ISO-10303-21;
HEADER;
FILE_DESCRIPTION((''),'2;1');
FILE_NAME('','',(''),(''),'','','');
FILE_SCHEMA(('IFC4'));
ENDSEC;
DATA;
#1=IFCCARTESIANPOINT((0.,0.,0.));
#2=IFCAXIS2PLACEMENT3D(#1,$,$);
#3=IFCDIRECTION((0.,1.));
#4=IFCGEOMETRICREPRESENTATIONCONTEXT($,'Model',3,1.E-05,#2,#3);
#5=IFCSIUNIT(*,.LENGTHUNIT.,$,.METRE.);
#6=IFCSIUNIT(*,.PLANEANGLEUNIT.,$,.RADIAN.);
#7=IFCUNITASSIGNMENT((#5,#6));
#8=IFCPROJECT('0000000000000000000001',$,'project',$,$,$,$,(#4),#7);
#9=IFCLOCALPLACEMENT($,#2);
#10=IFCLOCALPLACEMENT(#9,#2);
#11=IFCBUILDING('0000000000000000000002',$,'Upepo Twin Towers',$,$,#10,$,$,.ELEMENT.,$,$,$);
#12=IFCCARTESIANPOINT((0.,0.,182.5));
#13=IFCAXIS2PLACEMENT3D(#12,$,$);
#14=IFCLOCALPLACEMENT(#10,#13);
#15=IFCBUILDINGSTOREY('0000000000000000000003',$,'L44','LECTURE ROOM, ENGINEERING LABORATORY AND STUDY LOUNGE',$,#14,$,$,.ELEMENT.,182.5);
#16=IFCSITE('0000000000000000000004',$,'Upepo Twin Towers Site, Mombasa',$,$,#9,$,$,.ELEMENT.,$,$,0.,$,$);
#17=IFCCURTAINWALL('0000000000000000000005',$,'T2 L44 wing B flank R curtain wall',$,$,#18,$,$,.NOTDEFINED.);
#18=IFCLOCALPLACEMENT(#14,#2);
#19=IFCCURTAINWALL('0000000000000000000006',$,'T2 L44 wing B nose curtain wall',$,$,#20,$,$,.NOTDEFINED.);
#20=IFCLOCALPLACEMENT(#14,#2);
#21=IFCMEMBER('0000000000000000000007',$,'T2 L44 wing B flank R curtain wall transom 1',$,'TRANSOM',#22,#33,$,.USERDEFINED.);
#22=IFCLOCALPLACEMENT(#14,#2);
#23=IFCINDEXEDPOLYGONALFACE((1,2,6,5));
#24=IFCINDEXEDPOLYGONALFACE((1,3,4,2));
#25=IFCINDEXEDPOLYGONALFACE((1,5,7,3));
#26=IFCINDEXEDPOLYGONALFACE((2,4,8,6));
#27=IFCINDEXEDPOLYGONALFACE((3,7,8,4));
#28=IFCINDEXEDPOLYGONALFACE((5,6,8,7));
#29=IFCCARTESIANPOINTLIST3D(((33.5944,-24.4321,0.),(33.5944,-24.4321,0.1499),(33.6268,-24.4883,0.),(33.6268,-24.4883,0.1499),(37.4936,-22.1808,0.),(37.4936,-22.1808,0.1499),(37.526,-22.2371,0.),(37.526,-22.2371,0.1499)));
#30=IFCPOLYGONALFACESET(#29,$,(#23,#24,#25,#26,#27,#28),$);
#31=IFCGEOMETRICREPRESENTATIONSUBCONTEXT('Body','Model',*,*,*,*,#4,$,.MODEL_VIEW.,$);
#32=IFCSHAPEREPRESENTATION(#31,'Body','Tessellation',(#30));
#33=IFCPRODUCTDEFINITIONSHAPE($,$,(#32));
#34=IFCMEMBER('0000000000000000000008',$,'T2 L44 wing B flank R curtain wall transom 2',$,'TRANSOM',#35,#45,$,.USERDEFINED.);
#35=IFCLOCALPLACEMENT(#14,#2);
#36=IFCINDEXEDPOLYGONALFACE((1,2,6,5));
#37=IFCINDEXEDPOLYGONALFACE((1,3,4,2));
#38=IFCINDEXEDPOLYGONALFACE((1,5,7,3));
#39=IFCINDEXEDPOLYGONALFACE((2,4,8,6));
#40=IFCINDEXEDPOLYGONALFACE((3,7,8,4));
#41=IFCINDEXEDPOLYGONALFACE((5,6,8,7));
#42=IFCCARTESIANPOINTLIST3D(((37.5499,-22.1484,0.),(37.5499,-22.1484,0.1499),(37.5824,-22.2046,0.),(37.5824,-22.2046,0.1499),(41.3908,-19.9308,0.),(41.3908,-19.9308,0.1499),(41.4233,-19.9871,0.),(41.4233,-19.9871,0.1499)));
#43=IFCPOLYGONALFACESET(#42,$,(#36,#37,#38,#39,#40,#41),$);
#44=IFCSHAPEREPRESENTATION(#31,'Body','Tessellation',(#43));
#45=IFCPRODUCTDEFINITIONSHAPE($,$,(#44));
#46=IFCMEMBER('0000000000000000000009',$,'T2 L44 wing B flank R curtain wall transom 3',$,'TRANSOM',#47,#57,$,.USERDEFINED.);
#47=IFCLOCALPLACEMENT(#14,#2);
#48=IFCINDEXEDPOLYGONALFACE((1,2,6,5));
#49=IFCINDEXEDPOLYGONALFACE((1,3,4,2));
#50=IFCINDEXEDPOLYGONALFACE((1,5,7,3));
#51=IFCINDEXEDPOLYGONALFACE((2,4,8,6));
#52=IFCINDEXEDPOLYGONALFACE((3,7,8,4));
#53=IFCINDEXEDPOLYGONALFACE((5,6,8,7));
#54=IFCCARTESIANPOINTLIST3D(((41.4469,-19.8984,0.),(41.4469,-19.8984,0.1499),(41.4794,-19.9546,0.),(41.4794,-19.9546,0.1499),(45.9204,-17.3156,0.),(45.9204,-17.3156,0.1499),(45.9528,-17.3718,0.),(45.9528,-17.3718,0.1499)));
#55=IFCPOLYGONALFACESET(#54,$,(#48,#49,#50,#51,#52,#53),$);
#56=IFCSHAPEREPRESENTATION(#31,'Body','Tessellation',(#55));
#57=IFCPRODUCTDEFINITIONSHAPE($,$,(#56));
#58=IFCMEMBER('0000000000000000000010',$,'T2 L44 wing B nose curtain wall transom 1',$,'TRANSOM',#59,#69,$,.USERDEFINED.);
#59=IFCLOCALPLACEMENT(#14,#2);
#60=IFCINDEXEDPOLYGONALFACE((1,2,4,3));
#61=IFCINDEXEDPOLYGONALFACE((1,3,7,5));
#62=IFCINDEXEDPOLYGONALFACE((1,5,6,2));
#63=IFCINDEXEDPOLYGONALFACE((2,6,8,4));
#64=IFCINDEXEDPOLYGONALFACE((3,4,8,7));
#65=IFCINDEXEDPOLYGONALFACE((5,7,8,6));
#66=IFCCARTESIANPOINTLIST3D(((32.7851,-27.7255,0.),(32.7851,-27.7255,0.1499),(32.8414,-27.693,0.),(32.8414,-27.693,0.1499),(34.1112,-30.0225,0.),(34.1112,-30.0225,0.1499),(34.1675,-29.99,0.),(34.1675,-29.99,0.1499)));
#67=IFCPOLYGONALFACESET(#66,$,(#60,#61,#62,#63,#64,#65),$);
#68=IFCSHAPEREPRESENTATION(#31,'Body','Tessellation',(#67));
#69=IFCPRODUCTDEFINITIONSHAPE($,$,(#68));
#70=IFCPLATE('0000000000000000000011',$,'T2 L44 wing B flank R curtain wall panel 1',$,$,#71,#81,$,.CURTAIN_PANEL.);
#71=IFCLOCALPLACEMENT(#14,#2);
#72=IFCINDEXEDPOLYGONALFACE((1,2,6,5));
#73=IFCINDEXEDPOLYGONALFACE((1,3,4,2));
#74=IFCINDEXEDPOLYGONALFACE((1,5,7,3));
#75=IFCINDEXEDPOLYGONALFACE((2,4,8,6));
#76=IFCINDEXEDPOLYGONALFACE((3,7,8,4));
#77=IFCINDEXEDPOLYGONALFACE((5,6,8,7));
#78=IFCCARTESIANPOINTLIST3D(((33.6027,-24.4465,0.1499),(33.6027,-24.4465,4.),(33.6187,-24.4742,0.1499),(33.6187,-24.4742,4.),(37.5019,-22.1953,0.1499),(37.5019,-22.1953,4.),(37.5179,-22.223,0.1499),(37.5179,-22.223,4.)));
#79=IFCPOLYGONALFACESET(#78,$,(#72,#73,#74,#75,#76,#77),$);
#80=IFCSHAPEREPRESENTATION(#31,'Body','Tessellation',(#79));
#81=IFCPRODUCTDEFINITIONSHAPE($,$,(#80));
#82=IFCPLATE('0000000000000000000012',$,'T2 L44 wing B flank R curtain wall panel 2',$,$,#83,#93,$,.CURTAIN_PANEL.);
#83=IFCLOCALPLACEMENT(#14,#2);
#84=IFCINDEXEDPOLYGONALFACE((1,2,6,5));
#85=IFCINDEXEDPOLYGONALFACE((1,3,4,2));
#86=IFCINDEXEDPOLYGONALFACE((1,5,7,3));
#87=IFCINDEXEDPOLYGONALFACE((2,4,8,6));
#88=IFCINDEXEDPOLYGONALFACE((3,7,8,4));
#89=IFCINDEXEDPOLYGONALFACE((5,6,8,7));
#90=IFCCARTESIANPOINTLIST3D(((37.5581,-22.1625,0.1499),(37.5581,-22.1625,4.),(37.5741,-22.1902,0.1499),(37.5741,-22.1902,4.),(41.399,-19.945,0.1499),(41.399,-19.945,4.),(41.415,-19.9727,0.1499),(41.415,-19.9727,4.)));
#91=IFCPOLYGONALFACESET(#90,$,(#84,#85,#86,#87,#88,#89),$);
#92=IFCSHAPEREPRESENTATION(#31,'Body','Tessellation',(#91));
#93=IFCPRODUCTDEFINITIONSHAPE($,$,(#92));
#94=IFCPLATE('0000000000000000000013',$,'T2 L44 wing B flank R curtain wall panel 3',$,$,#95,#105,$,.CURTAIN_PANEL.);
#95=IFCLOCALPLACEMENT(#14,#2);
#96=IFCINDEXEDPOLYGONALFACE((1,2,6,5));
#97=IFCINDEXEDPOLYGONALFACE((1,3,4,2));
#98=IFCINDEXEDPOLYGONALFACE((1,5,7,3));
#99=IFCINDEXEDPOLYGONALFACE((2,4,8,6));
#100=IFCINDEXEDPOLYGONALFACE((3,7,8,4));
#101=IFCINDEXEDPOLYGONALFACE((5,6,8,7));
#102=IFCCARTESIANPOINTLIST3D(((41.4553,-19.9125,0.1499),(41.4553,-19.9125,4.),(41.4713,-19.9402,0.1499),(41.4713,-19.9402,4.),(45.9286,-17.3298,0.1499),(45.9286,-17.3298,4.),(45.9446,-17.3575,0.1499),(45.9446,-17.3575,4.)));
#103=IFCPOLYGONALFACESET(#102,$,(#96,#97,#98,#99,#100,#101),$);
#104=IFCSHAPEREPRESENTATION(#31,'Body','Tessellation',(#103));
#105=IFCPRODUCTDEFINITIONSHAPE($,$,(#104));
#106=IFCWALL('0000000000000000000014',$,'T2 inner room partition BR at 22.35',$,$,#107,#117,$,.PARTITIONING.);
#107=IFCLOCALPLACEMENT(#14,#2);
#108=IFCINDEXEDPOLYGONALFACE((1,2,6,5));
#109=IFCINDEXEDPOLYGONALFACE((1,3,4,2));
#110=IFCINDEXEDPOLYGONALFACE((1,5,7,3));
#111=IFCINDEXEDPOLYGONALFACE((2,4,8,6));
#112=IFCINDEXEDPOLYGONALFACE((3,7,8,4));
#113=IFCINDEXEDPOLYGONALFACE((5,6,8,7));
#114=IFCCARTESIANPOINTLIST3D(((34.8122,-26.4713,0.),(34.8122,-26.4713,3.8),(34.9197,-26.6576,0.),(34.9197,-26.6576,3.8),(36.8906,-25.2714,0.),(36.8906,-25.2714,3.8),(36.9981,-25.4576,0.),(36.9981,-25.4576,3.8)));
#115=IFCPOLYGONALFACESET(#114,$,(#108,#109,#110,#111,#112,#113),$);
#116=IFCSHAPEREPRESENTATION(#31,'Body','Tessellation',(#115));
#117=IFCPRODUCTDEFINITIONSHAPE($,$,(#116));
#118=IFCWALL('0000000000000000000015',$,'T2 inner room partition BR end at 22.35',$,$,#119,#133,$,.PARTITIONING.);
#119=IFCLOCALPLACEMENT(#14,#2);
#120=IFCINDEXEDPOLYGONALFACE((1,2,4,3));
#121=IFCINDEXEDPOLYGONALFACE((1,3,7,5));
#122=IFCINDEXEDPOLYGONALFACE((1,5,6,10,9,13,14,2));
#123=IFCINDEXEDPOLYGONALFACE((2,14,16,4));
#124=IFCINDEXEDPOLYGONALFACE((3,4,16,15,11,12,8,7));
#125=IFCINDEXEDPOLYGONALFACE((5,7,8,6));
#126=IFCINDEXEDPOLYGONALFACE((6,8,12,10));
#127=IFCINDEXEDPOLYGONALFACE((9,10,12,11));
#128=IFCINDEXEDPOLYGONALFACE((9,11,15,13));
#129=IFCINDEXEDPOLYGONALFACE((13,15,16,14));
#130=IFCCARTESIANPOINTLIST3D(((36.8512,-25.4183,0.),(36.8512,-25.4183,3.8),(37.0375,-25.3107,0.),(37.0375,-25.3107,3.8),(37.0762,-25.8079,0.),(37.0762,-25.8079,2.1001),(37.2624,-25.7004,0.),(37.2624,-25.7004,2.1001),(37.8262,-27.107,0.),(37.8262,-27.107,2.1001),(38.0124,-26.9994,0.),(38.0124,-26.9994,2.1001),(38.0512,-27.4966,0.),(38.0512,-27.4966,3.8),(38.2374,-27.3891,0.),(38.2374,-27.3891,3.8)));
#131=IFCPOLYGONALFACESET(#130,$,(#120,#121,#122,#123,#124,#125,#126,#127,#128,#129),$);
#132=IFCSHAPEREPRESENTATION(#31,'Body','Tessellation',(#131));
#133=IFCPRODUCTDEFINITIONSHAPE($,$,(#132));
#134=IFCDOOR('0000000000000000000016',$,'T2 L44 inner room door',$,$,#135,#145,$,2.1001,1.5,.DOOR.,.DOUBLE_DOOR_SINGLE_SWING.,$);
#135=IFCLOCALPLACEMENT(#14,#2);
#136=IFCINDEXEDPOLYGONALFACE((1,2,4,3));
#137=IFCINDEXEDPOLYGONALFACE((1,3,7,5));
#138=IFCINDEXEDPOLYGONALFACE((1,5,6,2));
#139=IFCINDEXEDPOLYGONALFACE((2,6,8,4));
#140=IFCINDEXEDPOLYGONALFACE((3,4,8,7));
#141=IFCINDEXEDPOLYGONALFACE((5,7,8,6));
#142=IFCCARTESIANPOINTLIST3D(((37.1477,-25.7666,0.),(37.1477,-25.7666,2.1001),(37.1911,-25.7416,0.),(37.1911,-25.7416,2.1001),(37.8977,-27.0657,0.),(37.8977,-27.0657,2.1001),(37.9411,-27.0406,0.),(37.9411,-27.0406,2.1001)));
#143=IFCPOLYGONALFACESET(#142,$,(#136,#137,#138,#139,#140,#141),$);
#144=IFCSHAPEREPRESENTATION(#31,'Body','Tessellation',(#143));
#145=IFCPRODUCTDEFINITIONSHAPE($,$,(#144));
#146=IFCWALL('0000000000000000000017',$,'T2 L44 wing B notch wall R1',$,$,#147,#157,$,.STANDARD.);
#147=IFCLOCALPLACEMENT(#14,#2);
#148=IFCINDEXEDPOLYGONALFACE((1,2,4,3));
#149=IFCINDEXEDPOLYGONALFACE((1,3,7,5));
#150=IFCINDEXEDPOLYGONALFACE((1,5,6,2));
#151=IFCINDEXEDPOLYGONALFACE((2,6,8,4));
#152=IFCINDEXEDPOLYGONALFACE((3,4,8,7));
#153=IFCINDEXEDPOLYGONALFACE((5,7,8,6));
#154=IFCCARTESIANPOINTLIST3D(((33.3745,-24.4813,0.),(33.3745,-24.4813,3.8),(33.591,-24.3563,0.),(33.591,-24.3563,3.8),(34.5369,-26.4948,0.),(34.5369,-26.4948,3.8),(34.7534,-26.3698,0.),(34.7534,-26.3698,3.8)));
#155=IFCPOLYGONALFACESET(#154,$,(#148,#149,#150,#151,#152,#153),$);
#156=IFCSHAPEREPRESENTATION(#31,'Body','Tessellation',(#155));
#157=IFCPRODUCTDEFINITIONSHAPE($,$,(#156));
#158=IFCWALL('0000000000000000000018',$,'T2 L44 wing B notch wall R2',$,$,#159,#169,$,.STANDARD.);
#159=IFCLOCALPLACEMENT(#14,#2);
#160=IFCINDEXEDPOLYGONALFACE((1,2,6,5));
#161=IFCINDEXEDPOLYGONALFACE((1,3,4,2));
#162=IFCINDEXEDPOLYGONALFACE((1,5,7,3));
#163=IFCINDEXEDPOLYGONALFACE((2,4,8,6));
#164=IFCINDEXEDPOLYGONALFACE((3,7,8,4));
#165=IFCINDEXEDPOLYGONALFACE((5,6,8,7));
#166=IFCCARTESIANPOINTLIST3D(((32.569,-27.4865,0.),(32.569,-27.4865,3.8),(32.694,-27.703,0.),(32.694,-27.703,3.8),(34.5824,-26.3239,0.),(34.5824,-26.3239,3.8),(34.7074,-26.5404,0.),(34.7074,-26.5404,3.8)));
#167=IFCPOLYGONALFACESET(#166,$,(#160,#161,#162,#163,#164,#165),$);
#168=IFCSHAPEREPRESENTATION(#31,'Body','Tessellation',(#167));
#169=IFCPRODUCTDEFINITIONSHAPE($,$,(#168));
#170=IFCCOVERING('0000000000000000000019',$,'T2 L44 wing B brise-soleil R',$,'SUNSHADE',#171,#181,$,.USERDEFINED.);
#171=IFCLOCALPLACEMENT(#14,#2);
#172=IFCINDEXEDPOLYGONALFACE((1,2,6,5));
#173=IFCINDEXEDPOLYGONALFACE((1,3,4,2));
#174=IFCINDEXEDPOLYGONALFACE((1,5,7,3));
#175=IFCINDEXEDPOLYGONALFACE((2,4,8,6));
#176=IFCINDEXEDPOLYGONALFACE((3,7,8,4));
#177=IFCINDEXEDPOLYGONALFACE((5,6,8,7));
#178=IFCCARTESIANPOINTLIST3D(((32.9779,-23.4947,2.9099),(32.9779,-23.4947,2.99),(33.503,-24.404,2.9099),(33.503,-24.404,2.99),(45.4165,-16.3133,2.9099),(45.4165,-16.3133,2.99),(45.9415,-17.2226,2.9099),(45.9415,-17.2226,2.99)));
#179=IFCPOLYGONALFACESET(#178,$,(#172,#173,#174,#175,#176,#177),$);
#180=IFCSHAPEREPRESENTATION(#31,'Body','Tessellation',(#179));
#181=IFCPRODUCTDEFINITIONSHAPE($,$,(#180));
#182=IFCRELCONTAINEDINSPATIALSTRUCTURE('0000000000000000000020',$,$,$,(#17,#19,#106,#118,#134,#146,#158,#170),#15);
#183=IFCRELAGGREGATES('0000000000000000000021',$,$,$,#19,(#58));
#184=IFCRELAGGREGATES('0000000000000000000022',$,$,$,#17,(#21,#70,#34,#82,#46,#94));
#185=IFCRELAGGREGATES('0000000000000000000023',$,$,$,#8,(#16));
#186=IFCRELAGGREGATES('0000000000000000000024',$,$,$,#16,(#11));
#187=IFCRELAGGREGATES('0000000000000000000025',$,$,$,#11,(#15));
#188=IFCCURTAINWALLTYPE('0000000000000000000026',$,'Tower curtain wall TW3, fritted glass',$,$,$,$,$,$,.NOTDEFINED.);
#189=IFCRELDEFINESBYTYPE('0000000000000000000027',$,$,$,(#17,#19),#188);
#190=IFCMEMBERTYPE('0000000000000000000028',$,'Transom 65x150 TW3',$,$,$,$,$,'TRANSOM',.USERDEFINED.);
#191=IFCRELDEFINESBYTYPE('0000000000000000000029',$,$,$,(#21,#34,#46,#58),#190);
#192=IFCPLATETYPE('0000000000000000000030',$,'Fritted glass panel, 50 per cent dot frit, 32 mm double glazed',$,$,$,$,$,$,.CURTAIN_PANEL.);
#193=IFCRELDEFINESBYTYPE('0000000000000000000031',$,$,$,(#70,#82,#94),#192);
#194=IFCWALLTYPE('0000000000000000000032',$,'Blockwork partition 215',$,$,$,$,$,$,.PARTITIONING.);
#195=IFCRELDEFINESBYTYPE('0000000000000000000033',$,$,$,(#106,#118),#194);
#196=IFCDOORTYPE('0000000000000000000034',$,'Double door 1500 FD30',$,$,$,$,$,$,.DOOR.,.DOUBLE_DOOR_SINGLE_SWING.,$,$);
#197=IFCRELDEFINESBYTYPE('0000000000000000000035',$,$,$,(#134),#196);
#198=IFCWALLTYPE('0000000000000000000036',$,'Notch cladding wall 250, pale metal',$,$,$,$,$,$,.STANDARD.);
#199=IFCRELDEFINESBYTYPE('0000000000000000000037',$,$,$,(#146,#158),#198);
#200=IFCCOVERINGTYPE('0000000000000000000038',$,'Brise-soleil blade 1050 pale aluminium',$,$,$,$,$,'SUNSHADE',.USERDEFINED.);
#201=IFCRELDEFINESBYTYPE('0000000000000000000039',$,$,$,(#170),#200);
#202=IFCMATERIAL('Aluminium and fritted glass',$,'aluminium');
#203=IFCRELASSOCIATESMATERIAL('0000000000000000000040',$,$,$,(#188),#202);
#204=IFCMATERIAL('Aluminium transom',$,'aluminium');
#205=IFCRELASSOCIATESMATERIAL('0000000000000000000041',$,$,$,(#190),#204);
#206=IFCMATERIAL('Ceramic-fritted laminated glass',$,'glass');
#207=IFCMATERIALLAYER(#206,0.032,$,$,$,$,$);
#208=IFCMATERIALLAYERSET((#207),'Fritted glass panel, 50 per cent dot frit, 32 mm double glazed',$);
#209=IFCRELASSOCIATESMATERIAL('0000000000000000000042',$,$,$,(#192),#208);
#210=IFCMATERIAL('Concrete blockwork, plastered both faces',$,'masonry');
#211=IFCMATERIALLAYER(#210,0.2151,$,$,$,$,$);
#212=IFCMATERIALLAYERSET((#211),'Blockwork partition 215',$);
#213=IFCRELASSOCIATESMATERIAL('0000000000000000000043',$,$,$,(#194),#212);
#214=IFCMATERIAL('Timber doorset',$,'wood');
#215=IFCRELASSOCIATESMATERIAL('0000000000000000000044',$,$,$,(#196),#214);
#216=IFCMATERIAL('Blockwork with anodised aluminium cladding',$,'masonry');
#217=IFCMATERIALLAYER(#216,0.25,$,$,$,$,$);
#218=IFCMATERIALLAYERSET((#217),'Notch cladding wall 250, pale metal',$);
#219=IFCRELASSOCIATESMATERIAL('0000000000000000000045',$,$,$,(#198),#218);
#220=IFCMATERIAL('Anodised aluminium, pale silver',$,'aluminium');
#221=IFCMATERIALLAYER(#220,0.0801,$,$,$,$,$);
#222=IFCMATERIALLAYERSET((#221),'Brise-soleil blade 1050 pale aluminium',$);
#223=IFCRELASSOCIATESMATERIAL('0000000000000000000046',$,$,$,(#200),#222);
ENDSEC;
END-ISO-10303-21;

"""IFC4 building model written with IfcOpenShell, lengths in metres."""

from ifc_helpers import new_model, si_unit, direction, frame, frame_2d, origin, origin_2d, place, context, subcontext, project, spatial, rectangle, extrude, material, layer, layer_set, material_profile, profile_set, type_object, element, fill, aggregate, save


model = new_model("IFC4")

# Units and contexts
model_context = context("Model", 3, precision=1e-05, world=origin(), true_north=direction((0.0, 1.0)))
body_context = subcontext(model_context, "Body", "Model", "MODEL_VIEW")
ifc_project = project(units=[si_unit("LENGTHUNIT", "METRE"), si_unit("PLANEANGLEUNIT", "RADIAN")], contexts=[model_context])

# Site, building, storey
site_placement = place(None, origin())
site = spatial("IfcSite", under=ifc_project, at=site_placement, Name="Upepo Twin Towers Site, Mombasa", CompositionType="ELEMENT", RefElevation=0.0)
building_placement = place(site_placement, origin())
building = spatial("IfcBuilding", under=site, at=building_placement, Name="Upepo Twin Towers", CompositionType="ELEMENT")
storey_placement = place(building_placement, frame((0.0, 0.0, 182.5)))
storey = spatial("IfcBuildingStorey", under=building, at=storey_placement, Name="L44", Description="LECTURE ROOM, ENGINEERING LABORATORY AND STUDY LOUNGE", CompositionType="ELEMENT", Elevation=182.5)

# Curtain wall
ifc_material_1 = material(Name="Aluminium and fritted glass", Category="aluminium")
curtain_wall_type = type_object("IfcCurtainWallType", Name="Tower curtain wall TW3, fritted glass", PredefinedType="NOTDEFINED", material=ifc_material_1)
curtain_wall_1_placement = place(storey_placement, origin())
curtain_wall_1 = element("IfcCurtainWall", 1, at=curtain_wall_1_placement, inside=storey, type_object=curtain_wall_type, Name="T2 L44 wing B flank R curtain wall", PredefinedType="NOTDEFINED")

# Curtain wall
curtain_wall_2_placement = place(storey_placement, origin())
curtain_wall_2 = element("IfcCurtainWall", 2, at=curtain_wall_2_placement, inside=storey, type_object=curtain_wall_type, Name="T2 L44 wing B nose curtain wall", PredefinedType="NOTDEFINED")

# Members
ifc_material_2 = material(Name="Aluminium transom", Category="aluminium")
ifc_material_profile_1 = material_profile(ifc_material_2, rectangle(XDim=0.0649, YDim=0.1499, at=origin_2d()), Name="TRANSOM 65x150")
ifc_profile_set_1 = profile_set([ifc_material_profile_1], Name="Aluminium transom")
member_type_1 = type_object("IfcMemberType", Name="Transom 65x150 TW3", ElementType="TRANSOM", PredefinedType="USERDEFINED", material=ifc_profile_set_1)
member_1_placement = place(storey_placement, frame((33.6106, -24.4602, 0.075), z_axis=(0.866022, 0.500006, 0.0), x_axis=(-0.500006, 0.866022, 0.0)))
member_1 = element("IfcMember", 3, at=member_1_placement, type_object=member_type_1, Name="T2 L44 wing B flank R curtain wall transom 1", ObjectType="TRANSOM", PredefinedType="USERDEFINED", context=body_context, shape_type="SweptSolid", body=[
    extrude(rectangle(XDim=0.0649, YDim=0.1499, at=origin_2d()), origin(), (0.0, 0.0, 1.0), 4.5024),
])
member_2_placement = place(storey_placement, frame((37.5662, -22.1765, 0.075), z_axis=(0.866022, 0.500005, 0.0), x_axis=(-0.500005, 0.866022, 0.0)))
member_2 = element("IfcMember", 4, at=member_2_placement, type_object=member_type_1, Name="T2 L44 wing B flank R curtain wall transom 2", ObjectType="TRANSOM", PredefinedType="USERDEFINED", context=body_context, shape_type="SweptSolid", body=[
    extrude(rectangle(XDim=0.0649, YDim=0.1499, at=origin_2d()), origin(), (0.0, 0.0, 1.0), 4.4351),
])
member_3_placement = place(storey_placement, frame((41.4631, -19.9265, 0.075), z_axis=(0.866021, 0.500007, 0.0), x_axis=(-0.500007, 0.866021, 0.0)))
member_3 = element("IfcMember", 5, at=member_3_placement, type_object=member_type_1, Name="T2 L44 wing B flank R curtain wall transom 3", ObjectType="TRANSOM", PredefinedType="USERDEFINED", context=body_context, shape_type="SweptSolid", body=[
    extrude(rectangle(XDim=0.0649, YDim=0.1499, at=origin_2d()), origin(), (0.0, 0.0, 1.0), 5.1655),
])
member_4_placement = place(storey_placement, frame((32.8132, -27.7092, 0.075), z_axis=(0.49998, -0.866037, 0.0), x_axis=(0.866037, 0.49998, 0.0)))
member_4 = element("IfcMember", 6, at=member_4_placement, type_object=member_type_1, Name="T2 L44 wing B nose curtain wall transom 1", ObjectType="TRANSOM", PredefinedType="USERDEFINED", context=body_context, shape_type="SweptSolid", body=[
    extrude(rectangle(XDim=0.0649, YDim=0.1499, at=origin_2d()), origin(), (0.0, 0.0, 1.0), 2.6523),
])
aggregate(curtain_wall_2, [member_4])

# Plates
ifc_material_3 = material(Name="Ceramic-fritted laminated glass", Category="glass")
ifc_layer_1 = layer(ifc_material_3, 0.032)
ifc_layer_set_1 = layer_set([ifc_layer_1], Name="Fritted glass panel, 50 per cent dot frit, 32 mm double glazed")
plate_type = type_object("IfcPlateType", Name="Fritted glass panel, 50 per cent dot frit, 32 mm double glazed", PredefinedType="CURTAIN_PANEL", material=ifc_layer_set_1)
plate_1_placement = place(storey_placement, frame((35.5603, -23.3347, 0.1499), z_axis=(0.0, 0.0, 1.0), x_axis=(0.866025, 0.5, 0.0)))
plate_1 = element("IfcPlate", 7, at=plate_1_placement, type_object=plate_type, Name="T2 L44 wing B flank R curtain wall panel 1", PredefinedType="CURTAIN_PANEL", context=body_context, shape_type="SweptSolid", body=[
    extrude(rectangle(XDim=4.5024, YDim=0.032, at=origin_2d()), origin(), (0.0, 0.0, 1.0), 3.8501),
])
plate_2_placement = place(storey_placement, frame((39.4866, -21.0676, 0.1499), z_axis=(0.0, 0.0, 1.0), x_axis=(0.866025, 0.5, 0.0)))
plate_2 = element("IfcPlate", 8, at=plate_2_placement, type_object=plate_type, Name="T2 L44 wing B flank R curtain wall panel 2", PredefinedType="CURTAIN_PANEL", context=body_context, shape_type="SweptSolid", body=[
    extrude(rectangle(XDim=4.4351, YDim=0.032, at=origin_2d()), origin(), (0.0, 0.0, 1.0), 3.8501),
])
plate_3_placement = place(storey_placement, frame((43.7, -18.635, 0.1499), z_axis=(0.0, 0.0, 1.0), x_axis=(0.866025, 0.5, 0.0)))
plate_3 = element("IfcPlate", 9, at=plate_3_placement, type_object=plate_type, Name="T2 L44 wing B flank R curtain wall panel 3", PredefinedType="CURTAIN_PANEL", context=body_context, shape_type="SweptSolid", body=[
    extrude(rectangle(XDim=5.1653, YDim=0.032, at=origin_2d()), origin(), (0.0, 0.0, 1.0), 3.8501),
])
aggregate(curtain_wall_1, [member_1, plate_1, member_2, plate_2, member_3, plate_3])

# Wall
ifc_material_4 = material(Name="Concrete blockwork, plastered both faces", Category="masonry")
ifc_layer_2 = layer(ifc_material_4, 0.2151)
ifc_layer_set_2 = layer_set([ifc_layer_2], Name="Blockwork partition 215")
wall_type_1 = type_object("IfcWallType", Name="Blockwork partition 215", PredefinedType="PARTITIONING", material=ifc_layer_set_2)
wall_1_placement = place(storey_placement, frame((36.9443, -25.3645, 0.0), z_axis=(0.0, 0.0, 1.0), x_axis=(-0.866025, -0.500001, 0.0)))
element("IfcWall", 10, at=wall_1_placement, inside=storey, type_object=wall_type_1, Name="T2 inner room partition BR at 22.35", PredefinedType="PARTITIONING", context=body_context, shape_type="SweptSolid", body=[
    extrude(rectangle(XDim=2.3999, YDim=0.2151, at=frame_2d((1.2, 0.0))), origin(), (0.0, 0.0, 1.0), 3.8),
])

# Wall, opening, door
wall_2_placement = place(storey_placement, frame((38.1443, -27.4429, 0.0), z_axis=(0.0, 0.0, 1.0), x_axis=(-0.500001, 0.866025, 0.0)))
wall_2 = element("IfcWall", 11, at=wall_2_placement, inside=storey, type_object=wall_type_1, Name="T2 inner room partition BR end at 22.35", PredefinedType="PARTITIONING", context=body_context, shape_type="SweptSolid", body=[
    extrude(rectangle(XDim=2.3999, YDim=0.2151, at=frame_2d((1.2, 0.0))), origin(), (0.0, 0.0, 1.0), 3.8),
])
opening_placement = place(wall_2_placement, frame((0.45, 0.0, 0.0)))
opening = element("IfcOpeningElement", 12, at=opening_placement, cuts=wall_2, PredefinedType="OPENING", context=body_context, shape_type="SweptSolid", body=[
    extrude(rectangle(XDim=1.5, YDim=2.1001, at=frame_2d((0.75, 1.05))), frame((0.0, 0.1174, 0.0), z_axis=(0.0, -1.0, 0.0), x_axis=(1.0, 0.0, 0.0)), (0.0, 0.0, 1.0), 0.2351),
])
ifc_material_5 = material(Name="Timber doorset", Category="wood")
door_type = type_object("IfcDoorType", Name="Double door 1500 FD30", OperationType="DOUBLE_DOOR_SINGLE_SWING", PredefinedType="DOOR", material=ifc_material_5)
door_placement = place(opening_placement, origin())
door = element("IfcDoor", 13, at=door_placement, inside=storey, type_object=door_type, Name="T2 L44 inner room door", OperationType="DOUBLE_DOOR_SINGLE_SWING", OverallHeight=2.1001, OverallWidth=1.5, PredefinedType="DOOR", context=body_context, shape_type="SweptSolid", body=[
    extrude(rectangle(XDim=1.5, YDim=2.1001, at=frame_2d((0.75, 1.05))), frame((0.0, 0.0249, 0.0), z_axis=(0.0, -1.0, 0.0), x_axis=(1.0, 0.0, 0.0)), (0.0, 0.0, 1.0), 0.05),
])
fill(opening, door)

# Walls
ifc_material_6 = material(Name="Blockwork with anodised aluminium cladding", Category="masonry")
ifc_layer_3 = layer(ifc_material_6, 0.25)
ifc_layer_set_3 = layer_set([ifc_layer_3], Name="Notch cladding wall 250, pale metal")
wall_type_2 = type_object("IfcWallType", Name="Notch cladding wall 250, pale metal", PredefinedType="STANDARD", material=ifc_layer_set_3)
for number, where, z_axis, x_axis, name in (
    (14, (33.4827, -24.4187, 0.0), (0.0, 0.0, 1.0), (0.499968, -0.866044, 0.0), "T2 L44 wing B notch wall R1"),
    (15, (34.645, -26.4321, 0.0), (0.0, 0.0, 1.0), (-0.865998, -0.500047, 0.0), "T2 L44 wing B notch wall R2"),
):
    element("IfcWall", number, at=place(storey_placement, frame(where, z_axis=z_axis, x_axis=x_axis)), inside=storey, type_object=wall_type_2, Name=name, PredefinedType="STANDARD", context=body_context, shape_type="SweptSolid", body=[
        extrude(rectangle(XDim=2.325, YDim=0.25, at=frame_2d((1.1626, 0.0))), origin(), (0.0, 0.0, 1.0), 3.8),
    ])

# Covering
ifc_material_7 = material(Name="Anodised aluminium, pale silver", Category="aluminium")
ifc_layer_4 = layer(ifc_material_7, 0.0801)
ifc_layer_set_4 = layer_set([ifc_layer_4], Name="Brise-soleil blade 1050 pale aluminium")
covering_type = type_object("IfcCoveringType", Name="Brise-soleil blade 1050 pale aluminium", ElementType="SUNSHADE", PredefinedType="USERDEFINED", material=ifc_layer_set_4)
covering_placement = place(storey_placement, frame((39.4597, -20.3586, 2.9099), z_axis=(0.0, 0.0, 1.0), x_axis=(-0.866025, -0.5, 0.0)))
element("IfcCovering", 16, at=covering_placement, inside=storey, type_object=covering_type, Name="T2 L44 wing B brise-soleil R", ObjectType="SUNSHADE", PredefinedType="USERDEFINED", context=body_context, shape_type="SweptSolid", body=[
    extrude(rectangle(XDim=14.3628, YDim=1.05, at=origin_2d()), origin(), (0.0, 0.0, 1.0), 0.0801),
])

save(model, "model.ifc")
